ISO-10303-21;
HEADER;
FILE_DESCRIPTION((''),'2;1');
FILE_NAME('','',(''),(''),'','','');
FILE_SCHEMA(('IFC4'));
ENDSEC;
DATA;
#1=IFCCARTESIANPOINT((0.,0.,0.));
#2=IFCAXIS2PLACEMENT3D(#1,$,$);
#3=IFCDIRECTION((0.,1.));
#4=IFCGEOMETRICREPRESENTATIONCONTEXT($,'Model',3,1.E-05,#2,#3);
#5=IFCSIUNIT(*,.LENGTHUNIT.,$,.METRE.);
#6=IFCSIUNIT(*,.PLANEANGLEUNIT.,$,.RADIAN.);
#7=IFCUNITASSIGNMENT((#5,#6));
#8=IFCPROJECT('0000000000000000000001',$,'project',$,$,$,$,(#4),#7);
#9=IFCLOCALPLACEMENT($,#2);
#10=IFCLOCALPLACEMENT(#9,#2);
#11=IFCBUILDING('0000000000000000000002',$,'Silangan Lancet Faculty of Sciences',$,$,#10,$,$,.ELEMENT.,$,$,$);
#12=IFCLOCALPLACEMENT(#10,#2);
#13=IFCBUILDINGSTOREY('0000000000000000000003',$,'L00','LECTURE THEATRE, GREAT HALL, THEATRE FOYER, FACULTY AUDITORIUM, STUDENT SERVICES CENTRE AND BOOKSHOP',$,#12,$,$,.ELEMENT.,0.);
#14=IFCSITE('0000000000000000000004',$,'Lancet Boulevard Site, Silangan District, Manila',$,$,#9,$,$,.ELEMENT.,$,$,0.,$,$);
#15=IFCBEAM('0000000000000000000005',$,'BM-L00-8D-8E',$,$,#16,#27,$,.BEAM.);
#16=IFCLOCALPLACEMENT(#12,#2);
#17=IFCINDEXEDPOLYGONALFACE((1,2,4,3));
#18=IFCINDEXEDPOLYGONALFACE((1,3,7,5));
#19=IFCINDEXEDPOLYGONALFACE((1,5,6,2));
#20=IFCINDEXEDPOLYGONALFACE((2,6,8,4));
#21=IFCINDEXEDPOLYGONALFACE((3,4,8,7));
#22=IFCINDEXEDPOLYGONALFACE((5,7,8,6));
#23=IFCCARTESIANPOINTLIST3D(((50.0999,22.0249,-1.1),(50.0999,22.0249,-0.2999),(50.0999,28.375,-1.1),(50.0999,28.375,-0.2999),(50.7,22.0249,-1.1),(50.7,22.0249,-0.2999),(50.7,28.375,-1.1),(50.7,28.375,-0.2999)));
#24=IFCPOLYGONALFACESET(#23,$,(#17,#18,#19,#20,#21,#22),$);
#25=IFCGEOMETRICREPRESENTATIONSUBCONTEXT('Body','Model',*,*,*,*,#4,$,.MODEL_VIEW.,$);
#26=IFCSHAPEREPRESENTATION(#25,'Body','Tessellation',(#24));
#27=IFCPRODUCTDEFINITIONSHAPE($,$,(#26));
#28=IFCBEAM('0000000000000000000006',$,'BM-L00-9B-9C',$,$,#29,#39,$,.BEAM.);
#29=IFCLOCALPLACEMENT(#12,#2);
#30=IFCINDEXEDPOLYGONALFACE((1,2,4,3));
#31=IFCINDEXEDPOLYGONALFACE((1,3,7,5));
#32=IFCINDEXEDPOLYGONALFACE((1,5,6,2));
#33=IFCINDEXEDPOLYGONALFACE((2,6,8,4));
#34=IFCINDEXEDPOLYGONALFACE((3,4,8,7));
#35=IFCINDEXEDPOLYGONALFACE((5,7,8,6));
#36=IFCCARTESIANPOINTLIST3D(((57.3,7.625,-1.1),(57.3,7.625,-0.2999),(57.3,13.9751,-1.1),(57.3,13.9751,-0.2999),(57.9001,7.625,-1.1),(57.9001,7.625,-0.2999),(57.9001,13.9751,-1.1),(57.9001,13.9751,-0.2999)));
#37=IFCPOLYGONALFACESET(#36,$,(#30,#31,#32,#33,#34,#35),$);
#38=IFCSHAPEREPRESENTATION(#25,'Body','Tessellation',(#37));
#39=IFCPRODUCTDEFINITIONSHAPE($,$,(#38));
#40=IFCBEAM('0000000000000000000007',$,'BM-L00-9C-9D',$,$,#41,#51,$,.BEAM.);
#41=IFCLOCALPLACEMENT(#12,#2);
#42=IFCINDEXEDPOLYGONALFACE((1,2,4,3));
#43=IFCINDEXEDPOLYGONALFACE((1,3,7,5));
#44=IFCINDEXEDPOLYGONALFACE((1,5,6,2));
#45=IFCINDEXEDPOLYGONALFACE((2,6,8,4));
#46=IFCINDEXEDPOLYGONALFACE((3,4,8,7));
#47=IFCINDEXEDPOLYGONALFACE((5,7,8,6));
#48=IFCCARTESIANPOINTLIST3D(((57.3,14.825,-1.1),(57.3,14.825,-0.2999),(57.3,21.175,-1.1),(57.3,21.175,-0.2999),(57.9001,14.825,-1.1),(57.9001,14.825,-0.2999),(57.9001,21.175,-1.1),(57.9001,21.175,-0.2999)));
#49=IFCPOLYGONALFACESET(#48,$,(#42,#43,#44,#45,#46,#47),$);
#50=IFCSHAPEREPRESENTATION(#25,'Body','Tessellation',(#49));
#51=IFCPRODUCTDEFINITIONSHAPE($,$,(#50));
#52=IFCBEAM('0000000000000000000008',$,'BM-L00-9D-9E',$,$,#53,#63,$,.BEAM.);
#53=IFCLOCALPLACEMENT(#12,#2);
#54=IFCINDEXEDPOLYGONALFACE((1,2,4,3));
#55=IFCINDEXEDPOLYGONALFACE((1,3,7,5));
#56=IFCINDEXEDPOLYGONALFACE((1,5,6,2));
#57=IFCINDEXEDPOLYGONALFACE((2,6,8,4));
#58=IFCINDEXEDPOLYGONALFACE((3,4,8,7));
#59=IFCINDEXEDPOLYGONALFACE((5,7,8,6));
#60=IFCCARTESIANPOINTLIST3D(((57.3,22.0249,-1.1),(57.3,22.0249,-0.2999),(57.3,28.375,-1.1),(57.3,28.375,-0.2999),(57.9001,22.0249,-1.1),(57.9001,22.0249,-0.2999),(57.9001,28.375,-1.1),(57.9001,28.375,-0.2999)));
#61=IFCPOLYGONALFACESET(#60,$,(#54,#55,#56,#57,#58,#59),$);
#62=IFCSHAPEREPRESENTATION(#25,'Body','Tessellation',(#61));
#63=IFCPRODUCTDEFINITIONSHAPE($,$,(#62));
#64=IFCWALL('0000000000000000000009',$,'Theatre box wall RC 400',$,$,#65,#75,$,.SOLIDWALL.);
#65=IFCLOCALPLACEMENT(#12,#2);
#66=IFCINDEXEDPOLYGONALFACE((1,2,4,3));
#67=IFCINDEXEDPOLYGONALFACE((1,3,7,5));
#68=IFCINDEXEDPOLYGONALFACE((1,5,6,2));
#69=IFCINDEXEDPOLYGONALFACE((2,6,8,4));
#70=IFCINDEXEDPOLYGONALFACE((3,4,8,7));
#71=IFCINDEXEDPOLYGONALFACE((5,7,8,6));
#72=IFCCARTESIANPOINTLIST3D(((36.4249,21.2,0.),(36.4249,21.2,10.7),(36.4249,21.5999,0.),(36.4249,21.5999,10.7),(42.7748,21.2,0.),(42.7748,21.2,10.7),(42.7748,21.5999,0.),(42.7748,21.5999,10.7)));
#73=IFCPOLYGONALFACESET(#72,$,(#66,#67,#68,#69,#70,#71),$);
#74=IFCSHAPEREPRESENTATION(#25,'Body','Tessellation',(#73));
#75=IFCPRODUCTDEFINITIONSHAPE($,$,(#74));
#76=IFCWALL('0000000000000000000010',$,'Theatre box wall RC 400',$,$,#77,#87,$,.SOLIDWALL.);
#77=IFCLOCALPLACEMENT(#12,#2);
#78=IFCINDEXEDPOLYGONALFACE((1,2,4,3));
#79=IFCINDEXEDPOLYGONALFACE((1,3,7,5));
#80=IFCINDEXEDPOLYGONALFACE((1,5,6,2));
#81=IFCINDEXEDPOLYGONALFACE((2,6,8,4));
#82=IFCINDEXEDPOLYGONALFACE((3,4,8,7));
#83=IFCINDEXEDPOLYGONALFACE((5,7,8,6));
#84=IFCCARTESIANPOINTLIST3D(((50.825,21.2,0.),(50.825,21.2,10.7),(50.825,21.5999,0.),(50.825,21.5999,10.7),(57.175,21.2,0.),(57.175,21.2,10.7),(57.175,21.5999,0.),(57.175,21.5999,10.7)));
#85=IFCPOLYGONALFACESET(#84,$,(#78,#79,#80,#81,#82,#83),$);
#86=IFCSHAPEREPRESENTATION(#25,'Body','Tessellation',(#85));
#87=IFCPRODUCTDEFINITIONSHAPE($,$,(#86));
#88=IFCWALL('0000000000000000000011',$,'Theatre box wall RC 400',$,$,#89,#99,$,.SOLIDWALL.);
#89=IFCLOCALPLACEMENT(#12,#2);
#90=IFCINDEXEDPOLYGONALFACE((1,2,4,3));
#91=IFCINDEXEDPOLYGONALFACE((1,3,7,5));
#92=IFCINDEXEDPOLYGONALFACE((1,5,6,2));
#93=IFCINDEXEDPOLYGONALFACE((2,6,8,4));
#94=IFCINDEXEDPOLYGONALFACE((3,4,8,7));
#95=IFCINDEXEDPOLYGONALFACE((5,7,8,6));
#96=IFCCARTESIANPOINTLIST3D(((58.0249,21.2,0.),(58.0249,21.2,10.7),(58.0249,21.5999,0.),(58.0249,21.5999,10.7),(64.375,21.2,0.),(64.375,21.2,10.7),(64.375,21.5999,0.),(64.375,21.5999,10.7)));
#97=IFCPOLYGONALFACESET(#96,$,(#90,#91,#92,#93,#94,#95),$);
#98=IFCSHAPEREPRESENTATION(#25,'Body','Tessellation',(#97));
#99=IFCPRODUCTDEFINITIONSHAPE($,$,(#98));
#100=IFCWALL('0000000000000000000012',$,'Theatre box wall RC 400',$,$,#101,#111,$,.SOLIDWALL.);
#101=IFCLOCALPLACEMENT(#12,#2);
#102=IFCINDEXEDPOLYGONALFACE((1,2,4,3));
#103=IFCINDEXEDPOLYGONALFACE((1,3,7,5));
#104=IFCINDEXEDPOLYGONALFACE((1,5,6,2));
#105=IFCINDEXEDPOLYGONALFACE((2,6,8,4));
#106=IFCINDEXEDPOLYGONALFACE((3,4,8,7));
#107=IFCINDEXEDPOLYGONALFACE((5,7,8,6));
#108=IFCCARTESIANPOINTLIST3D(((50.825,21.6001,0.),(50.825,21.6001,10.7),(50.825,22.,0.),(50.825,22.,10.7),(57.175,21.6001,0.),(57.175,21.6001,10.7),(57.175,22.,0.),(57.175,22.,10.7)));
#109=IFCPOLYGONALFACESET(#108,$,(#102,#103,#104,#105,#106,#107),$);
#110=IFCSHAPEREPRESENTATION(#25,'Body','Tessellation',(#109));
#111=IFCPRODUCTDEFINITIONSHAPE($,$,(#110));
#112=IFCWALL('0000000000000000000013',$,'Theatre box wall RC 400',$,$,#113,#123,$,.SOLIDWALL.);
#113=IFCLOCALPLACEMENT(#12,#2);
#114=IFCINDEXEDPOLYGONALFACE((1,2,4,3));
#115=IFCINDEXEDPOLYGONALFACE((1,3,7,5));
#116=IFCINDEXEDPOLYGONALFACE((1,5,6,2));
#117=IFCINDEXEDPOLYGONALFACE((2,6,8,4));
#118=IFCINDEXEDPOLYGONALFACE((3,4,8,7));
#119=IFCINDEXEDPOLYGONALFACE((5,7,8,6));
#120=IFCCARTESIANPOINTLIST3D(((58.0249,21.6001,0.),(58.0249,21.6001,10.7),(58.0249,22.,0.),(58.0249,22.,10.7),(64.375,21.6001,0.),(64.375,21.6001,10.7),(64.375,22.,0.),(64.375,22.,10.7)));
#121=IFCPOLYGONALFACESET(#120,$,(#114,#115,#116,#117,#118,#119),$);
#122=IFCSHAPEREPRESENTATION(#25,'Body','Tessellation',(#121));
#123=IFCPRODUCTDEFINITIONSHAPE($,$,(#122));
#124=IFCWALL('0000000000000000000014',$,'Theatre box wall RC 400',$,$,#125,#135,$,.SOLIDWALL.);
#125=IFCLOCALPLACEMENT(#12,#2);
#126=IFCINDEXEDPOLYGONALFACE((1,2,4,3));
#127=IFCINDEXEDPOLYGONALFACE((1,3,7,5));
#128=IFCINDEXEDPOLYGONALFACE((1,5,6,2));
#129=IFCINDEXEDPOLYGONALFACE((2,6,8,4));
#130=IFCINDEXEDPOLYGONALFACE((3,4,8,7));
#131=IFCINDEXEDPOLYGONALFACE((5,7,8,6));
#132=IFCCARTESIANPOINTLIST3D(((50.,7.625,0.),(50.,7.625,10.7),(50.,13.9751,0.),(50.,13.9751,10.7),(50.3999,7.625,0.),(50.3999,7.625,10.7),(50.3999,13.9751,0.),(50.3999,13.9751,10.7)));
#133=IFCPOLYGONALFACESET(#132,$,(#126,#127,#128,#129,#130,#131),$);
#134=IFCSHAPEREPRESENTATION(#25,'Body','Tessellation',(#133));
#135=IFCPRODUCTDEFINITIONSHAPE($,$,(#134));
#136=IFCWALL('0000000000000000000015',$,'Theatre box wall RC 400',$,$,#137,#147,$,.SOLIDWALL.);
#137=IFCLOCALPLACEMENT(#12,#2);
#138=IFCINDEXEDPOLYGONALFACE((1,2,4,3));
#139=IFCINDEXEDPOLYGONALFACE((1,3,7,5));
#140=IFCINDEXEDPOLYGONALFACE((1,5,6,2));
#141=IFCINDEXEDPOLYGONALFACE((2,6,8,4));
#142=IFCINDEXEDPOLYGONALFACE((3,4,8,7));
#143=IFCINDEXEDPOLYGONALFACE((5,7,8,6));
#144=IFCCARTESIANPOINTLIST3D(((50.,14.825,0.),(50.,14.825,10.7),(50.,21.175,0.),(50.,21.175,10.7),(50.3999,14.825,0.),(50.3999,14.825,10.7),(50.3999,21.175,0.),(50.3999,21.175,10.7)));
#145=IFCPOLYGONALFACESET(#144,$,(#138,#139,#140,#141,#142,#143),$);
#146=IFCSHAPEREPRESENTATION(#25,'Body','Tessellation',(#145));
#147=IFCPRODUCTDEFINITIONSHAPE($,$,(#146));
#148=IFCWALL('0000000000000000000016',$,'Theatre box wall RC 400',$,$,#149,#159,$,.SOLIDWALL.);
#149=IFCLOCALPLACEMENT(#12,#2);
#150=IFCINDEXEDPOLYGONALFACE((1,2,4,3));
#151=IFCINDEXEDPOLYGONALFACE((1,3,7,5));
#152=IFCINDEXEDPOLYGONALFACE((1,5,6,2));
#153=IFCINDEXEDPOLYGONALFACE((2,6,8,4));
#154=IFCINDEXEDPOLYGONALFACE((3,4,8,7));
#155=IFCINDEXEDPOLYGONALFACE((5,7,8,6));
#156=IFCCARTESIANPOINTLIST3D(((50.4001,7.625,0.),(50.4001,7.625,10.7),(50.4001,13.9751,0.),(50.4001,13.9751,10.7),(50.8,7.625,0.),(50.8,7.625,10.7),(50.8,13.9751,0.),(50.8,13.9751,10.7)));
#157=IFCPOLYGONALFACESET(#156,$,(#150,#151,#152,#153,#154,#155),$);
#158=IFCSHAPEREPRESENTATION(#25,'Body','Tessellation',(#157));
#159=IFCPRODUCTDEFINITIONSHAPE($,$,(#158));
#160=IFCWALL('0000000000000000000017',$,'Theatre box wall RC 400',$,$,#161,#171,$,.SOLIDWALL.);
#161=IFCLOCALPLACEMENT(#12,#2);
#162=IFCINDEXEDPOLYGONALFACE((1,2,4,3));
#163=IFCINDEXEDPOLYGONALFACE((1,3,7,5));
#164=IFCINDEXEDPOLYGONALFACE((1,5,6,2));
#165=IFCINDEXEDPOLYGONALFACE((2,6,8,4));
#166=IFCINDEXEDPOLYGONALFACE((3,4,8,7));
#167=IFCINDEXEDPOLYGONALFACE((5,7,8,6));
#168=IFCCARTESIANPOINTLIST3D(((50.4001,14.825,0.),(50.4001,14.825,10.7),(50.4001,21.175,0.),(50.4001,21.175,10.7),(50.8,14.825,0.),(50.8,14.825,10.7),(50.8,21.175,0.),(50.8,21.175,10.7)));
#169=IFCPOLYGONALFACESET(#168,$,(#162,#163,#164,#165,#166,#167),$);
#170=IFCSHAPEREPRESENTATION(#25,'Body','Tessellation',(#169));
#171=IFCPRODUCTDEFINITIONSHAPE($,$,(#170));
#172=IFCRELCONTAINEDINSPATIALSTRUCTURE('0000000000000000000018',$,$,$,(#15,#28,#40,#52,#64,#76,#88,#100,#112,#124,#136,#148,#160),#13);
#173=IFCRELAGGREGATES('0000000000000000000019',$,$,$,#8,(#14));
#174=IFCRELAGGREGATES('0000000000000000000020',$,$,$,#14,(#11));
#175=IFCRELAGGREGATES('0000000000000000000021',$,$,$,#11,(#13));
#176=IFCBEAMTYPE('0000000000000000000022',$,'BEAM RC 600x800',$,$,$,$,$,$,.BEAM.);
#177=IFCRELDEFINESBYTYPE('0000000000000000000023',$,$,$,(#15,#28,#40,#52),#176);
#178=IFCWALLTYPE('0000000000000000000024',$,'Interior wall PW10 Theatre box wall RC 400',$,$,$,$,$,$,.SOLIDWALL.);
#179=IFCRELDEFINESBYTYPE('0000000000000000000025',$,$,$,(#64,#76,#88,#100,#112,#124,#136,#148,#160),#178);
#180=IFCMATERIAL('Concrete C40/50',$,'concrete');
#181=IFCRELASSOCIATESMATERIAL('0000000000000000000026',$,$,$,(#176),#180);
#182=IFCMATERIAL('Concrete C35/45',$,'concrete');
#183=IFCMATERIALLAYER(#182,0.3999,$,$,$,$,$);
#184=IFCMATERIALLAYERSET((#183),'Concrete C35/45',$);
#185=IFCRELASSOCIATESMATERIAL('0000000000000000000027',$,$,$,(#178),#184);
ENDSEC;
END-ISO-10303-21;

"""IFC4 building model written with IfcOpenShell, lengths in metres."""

from ifc_helpers import new_model, si_unit, direction, frame, frame_2d, origin, origin_2d, place, context, subcontext, project, spatial, rectangle, extrude, material, layer, layer_set, material_profile, profile_set, type_object, element, save


model = new_model("IFC4")

# Units and contexts
model_context = context("Model", 3, precision=1e-05, world=origin(), true_north=direction((0.0, 1.0)))
body_context = subcontext(model_context, "Body", "Model", "MODEL_VIEW")
ifc_project = project(units=[si_unit("LENGTHUNIT", "METRE"), si_unit("PLANEANGLEUNIT", "RADIAN")], contexts=[model_context])

# Site, building, storey
site_placement = place(None, origin())
site = spatial("IfcSite", under=ifc_project, at=site_placement, Name="Lancet Boulevard Site, Silangan District, Manila", CompositionType="ELEMENT", RefElevation=0.0)
building_placement = place(site_placement, origin())
building = spatial("IfcBuilding", under=site, at=building_placement, Name="Silangan Lancet Faculty of Sciences", CompositionType="ELEMENT")
storey_placement = place(building_placement, origin())
storey = spatial("IfcBuildingStorey", under=building, at=storey_placement, Name="L00", Description="LECTURE THEATRE, GREAT HALL, THEATRE FOYER, FACULTY AUDITORIUM, STUDENT SERVICES CENTRE AND BOOKSHOP", CompositionType="ELEMENT", Elevation=0.0)

# Beams
ifc_material_1 = material(Name="Concrete C40/50", Category="concrete")
ifc_material_profile_1 = material_profile(ifc_material_1, rectangle(XDim=0.6001, YDim=0.8, at=origin_2d()), Name="RC 600x800")
ifc_profile_set_1 = profile_set([ifc_material_profile_1], Name="Concrete C40/50")
beam_type = type_object("IfcBeamType", Name="BEAM RC 600x800", PredefinedType="BEAM", material=ifc_profile_set_1)
for number, where, z_axis, x_axis, name in (
    (1, (50.3999, 22.0249, -0.7), (0.0, 1.0, 0.0), (-1.0, 0.0, 0.0), "BM-L00-8D-8E"),
    (2, (57.6001, 7.625, -0.7), (0.0, 1.0, 0.0), (-1.0, 0.0, 0.0), "BM-L00-9B-9C"),
    (3, (57.6001, 14.825, -0.7), (0.0, 1.0, 0.0), (-1.0, 0.0, 0.0), "BM-L00-9C-9D"),
    (4, (57.6001, 22.0249, -0.7), (0.0, 1.0, 0.0), (-1.0, 0.0, 0.0), "BM-L00-9D-9E"),
):
    element("IfcBeam", number, at=place(storey_placement, frame(where, z_axis=z_axis, x_axis=x_axis)), inside=storey, type_object=beam_type, Name=name, PredefinedType="BEAM", context=body_context, shape_type="SweptSolid", body=[
        extrude(rectangle(XDim=0.6001, YDim=0.8, at=origin_2d()), origin(), (0.0, 0.0, 1.0), 6.3501),
    ])

# Wall
ifc_material_2 = material(Name="Concrete C35/45", Category="concrete")
ifc_layer = layer(ifc_material_2, 0.3999)
ifc_layer_set = layer_set([ifc_layer], Name="Concrete C35/45")
wall_type = type_object("IfcWallType", Name="Interior wall PW10 Theatre box wall RC 400", PredefinedType="SOLIDWALL", material=ifc_layer_set)
wall_1_placement = place(storey_placement, frame((36.425, 21.3999, 0.0), z_axis=(0.0, 0.0, 1.0), x_axis=(1.0, 0.0, 0.0)))
element("IfcWall", 5, at=wall_1_placement, inside=storey, type_object=wall_type, Name="Theatre box wall RC 400", PredefinedType="SOLIDWALL", context=body_context, shape_type="SweptSolid", body=[
    extrude(rectangle(XDim=6.3499, YDim=0.3999, at=frame_2d((3.1748, 0.0))), origin(), (0.0, 0.0, 1.0), 10.7),
])

# Walls
for number, where, z_axis, x_axis, name in (
    (6, (50.825, 21.3999, 0.0), (0.0, 0.0, 1.0), (1.0, 0.0, 0.0), "Theatre box wall RC 400"),
    (7, (58.0249, 21.3999, 0.0), (0.0, 0.0, 1.0), (1.0, 0.0, 0.0), "Theatre box wall RC 400"),
    (8, (50.825, 21.8, 0.0), (0.0, 0.0, 1.0), (1.0, 0.0, 0.0), "Theatre box wall RC 400"),
    (9, (58.0249, 21.8, 0.0), (0.0, 0.0, 1.0), (1.0, 0.0, 0.0), "Theatre box wall RC 400"),
    (10, (50.2, 7.625, 0.0), (0.0, 0.0, 1.0), (0.0, 1.0, 0.0), "Theatre box wall RC 400"),
    (11, (50.2, 14.825, 0.0), (0.0, 0.0, 1.0), (0.0, 1.0, 0.0), "Theatre box wall RC 400"),
    (12, (50.6001, 7.625, 0.0), (0.0, 0.0, 1.0), (0.0, 1.0, 0.0), "Theatre box wall RC 400"),
    (13, (50.6001, 14.825, 0.0), (0.0, 0.0, 1.0), (0.0, 1.0, 0.0), "Theatre box wall RC 400"),
):
    element("IfcWall", number, at=place(storey_placement, frame(where, z_axis=z_axis, x_axis=x_axis)), inside=storey, type_object=wall_type, Name=name, PredefinedType="SOLIDWALL", context=body_context, shape_type="SweptSolid", body=[
        extrude(rectangle(XDim=6.3501, YDim=0.3999, at=frame_2d((3.175, 0.0))), origin(), (0.0, 0.0, 1.0), 10.7),
    ])

save(model, "model.ifc")
